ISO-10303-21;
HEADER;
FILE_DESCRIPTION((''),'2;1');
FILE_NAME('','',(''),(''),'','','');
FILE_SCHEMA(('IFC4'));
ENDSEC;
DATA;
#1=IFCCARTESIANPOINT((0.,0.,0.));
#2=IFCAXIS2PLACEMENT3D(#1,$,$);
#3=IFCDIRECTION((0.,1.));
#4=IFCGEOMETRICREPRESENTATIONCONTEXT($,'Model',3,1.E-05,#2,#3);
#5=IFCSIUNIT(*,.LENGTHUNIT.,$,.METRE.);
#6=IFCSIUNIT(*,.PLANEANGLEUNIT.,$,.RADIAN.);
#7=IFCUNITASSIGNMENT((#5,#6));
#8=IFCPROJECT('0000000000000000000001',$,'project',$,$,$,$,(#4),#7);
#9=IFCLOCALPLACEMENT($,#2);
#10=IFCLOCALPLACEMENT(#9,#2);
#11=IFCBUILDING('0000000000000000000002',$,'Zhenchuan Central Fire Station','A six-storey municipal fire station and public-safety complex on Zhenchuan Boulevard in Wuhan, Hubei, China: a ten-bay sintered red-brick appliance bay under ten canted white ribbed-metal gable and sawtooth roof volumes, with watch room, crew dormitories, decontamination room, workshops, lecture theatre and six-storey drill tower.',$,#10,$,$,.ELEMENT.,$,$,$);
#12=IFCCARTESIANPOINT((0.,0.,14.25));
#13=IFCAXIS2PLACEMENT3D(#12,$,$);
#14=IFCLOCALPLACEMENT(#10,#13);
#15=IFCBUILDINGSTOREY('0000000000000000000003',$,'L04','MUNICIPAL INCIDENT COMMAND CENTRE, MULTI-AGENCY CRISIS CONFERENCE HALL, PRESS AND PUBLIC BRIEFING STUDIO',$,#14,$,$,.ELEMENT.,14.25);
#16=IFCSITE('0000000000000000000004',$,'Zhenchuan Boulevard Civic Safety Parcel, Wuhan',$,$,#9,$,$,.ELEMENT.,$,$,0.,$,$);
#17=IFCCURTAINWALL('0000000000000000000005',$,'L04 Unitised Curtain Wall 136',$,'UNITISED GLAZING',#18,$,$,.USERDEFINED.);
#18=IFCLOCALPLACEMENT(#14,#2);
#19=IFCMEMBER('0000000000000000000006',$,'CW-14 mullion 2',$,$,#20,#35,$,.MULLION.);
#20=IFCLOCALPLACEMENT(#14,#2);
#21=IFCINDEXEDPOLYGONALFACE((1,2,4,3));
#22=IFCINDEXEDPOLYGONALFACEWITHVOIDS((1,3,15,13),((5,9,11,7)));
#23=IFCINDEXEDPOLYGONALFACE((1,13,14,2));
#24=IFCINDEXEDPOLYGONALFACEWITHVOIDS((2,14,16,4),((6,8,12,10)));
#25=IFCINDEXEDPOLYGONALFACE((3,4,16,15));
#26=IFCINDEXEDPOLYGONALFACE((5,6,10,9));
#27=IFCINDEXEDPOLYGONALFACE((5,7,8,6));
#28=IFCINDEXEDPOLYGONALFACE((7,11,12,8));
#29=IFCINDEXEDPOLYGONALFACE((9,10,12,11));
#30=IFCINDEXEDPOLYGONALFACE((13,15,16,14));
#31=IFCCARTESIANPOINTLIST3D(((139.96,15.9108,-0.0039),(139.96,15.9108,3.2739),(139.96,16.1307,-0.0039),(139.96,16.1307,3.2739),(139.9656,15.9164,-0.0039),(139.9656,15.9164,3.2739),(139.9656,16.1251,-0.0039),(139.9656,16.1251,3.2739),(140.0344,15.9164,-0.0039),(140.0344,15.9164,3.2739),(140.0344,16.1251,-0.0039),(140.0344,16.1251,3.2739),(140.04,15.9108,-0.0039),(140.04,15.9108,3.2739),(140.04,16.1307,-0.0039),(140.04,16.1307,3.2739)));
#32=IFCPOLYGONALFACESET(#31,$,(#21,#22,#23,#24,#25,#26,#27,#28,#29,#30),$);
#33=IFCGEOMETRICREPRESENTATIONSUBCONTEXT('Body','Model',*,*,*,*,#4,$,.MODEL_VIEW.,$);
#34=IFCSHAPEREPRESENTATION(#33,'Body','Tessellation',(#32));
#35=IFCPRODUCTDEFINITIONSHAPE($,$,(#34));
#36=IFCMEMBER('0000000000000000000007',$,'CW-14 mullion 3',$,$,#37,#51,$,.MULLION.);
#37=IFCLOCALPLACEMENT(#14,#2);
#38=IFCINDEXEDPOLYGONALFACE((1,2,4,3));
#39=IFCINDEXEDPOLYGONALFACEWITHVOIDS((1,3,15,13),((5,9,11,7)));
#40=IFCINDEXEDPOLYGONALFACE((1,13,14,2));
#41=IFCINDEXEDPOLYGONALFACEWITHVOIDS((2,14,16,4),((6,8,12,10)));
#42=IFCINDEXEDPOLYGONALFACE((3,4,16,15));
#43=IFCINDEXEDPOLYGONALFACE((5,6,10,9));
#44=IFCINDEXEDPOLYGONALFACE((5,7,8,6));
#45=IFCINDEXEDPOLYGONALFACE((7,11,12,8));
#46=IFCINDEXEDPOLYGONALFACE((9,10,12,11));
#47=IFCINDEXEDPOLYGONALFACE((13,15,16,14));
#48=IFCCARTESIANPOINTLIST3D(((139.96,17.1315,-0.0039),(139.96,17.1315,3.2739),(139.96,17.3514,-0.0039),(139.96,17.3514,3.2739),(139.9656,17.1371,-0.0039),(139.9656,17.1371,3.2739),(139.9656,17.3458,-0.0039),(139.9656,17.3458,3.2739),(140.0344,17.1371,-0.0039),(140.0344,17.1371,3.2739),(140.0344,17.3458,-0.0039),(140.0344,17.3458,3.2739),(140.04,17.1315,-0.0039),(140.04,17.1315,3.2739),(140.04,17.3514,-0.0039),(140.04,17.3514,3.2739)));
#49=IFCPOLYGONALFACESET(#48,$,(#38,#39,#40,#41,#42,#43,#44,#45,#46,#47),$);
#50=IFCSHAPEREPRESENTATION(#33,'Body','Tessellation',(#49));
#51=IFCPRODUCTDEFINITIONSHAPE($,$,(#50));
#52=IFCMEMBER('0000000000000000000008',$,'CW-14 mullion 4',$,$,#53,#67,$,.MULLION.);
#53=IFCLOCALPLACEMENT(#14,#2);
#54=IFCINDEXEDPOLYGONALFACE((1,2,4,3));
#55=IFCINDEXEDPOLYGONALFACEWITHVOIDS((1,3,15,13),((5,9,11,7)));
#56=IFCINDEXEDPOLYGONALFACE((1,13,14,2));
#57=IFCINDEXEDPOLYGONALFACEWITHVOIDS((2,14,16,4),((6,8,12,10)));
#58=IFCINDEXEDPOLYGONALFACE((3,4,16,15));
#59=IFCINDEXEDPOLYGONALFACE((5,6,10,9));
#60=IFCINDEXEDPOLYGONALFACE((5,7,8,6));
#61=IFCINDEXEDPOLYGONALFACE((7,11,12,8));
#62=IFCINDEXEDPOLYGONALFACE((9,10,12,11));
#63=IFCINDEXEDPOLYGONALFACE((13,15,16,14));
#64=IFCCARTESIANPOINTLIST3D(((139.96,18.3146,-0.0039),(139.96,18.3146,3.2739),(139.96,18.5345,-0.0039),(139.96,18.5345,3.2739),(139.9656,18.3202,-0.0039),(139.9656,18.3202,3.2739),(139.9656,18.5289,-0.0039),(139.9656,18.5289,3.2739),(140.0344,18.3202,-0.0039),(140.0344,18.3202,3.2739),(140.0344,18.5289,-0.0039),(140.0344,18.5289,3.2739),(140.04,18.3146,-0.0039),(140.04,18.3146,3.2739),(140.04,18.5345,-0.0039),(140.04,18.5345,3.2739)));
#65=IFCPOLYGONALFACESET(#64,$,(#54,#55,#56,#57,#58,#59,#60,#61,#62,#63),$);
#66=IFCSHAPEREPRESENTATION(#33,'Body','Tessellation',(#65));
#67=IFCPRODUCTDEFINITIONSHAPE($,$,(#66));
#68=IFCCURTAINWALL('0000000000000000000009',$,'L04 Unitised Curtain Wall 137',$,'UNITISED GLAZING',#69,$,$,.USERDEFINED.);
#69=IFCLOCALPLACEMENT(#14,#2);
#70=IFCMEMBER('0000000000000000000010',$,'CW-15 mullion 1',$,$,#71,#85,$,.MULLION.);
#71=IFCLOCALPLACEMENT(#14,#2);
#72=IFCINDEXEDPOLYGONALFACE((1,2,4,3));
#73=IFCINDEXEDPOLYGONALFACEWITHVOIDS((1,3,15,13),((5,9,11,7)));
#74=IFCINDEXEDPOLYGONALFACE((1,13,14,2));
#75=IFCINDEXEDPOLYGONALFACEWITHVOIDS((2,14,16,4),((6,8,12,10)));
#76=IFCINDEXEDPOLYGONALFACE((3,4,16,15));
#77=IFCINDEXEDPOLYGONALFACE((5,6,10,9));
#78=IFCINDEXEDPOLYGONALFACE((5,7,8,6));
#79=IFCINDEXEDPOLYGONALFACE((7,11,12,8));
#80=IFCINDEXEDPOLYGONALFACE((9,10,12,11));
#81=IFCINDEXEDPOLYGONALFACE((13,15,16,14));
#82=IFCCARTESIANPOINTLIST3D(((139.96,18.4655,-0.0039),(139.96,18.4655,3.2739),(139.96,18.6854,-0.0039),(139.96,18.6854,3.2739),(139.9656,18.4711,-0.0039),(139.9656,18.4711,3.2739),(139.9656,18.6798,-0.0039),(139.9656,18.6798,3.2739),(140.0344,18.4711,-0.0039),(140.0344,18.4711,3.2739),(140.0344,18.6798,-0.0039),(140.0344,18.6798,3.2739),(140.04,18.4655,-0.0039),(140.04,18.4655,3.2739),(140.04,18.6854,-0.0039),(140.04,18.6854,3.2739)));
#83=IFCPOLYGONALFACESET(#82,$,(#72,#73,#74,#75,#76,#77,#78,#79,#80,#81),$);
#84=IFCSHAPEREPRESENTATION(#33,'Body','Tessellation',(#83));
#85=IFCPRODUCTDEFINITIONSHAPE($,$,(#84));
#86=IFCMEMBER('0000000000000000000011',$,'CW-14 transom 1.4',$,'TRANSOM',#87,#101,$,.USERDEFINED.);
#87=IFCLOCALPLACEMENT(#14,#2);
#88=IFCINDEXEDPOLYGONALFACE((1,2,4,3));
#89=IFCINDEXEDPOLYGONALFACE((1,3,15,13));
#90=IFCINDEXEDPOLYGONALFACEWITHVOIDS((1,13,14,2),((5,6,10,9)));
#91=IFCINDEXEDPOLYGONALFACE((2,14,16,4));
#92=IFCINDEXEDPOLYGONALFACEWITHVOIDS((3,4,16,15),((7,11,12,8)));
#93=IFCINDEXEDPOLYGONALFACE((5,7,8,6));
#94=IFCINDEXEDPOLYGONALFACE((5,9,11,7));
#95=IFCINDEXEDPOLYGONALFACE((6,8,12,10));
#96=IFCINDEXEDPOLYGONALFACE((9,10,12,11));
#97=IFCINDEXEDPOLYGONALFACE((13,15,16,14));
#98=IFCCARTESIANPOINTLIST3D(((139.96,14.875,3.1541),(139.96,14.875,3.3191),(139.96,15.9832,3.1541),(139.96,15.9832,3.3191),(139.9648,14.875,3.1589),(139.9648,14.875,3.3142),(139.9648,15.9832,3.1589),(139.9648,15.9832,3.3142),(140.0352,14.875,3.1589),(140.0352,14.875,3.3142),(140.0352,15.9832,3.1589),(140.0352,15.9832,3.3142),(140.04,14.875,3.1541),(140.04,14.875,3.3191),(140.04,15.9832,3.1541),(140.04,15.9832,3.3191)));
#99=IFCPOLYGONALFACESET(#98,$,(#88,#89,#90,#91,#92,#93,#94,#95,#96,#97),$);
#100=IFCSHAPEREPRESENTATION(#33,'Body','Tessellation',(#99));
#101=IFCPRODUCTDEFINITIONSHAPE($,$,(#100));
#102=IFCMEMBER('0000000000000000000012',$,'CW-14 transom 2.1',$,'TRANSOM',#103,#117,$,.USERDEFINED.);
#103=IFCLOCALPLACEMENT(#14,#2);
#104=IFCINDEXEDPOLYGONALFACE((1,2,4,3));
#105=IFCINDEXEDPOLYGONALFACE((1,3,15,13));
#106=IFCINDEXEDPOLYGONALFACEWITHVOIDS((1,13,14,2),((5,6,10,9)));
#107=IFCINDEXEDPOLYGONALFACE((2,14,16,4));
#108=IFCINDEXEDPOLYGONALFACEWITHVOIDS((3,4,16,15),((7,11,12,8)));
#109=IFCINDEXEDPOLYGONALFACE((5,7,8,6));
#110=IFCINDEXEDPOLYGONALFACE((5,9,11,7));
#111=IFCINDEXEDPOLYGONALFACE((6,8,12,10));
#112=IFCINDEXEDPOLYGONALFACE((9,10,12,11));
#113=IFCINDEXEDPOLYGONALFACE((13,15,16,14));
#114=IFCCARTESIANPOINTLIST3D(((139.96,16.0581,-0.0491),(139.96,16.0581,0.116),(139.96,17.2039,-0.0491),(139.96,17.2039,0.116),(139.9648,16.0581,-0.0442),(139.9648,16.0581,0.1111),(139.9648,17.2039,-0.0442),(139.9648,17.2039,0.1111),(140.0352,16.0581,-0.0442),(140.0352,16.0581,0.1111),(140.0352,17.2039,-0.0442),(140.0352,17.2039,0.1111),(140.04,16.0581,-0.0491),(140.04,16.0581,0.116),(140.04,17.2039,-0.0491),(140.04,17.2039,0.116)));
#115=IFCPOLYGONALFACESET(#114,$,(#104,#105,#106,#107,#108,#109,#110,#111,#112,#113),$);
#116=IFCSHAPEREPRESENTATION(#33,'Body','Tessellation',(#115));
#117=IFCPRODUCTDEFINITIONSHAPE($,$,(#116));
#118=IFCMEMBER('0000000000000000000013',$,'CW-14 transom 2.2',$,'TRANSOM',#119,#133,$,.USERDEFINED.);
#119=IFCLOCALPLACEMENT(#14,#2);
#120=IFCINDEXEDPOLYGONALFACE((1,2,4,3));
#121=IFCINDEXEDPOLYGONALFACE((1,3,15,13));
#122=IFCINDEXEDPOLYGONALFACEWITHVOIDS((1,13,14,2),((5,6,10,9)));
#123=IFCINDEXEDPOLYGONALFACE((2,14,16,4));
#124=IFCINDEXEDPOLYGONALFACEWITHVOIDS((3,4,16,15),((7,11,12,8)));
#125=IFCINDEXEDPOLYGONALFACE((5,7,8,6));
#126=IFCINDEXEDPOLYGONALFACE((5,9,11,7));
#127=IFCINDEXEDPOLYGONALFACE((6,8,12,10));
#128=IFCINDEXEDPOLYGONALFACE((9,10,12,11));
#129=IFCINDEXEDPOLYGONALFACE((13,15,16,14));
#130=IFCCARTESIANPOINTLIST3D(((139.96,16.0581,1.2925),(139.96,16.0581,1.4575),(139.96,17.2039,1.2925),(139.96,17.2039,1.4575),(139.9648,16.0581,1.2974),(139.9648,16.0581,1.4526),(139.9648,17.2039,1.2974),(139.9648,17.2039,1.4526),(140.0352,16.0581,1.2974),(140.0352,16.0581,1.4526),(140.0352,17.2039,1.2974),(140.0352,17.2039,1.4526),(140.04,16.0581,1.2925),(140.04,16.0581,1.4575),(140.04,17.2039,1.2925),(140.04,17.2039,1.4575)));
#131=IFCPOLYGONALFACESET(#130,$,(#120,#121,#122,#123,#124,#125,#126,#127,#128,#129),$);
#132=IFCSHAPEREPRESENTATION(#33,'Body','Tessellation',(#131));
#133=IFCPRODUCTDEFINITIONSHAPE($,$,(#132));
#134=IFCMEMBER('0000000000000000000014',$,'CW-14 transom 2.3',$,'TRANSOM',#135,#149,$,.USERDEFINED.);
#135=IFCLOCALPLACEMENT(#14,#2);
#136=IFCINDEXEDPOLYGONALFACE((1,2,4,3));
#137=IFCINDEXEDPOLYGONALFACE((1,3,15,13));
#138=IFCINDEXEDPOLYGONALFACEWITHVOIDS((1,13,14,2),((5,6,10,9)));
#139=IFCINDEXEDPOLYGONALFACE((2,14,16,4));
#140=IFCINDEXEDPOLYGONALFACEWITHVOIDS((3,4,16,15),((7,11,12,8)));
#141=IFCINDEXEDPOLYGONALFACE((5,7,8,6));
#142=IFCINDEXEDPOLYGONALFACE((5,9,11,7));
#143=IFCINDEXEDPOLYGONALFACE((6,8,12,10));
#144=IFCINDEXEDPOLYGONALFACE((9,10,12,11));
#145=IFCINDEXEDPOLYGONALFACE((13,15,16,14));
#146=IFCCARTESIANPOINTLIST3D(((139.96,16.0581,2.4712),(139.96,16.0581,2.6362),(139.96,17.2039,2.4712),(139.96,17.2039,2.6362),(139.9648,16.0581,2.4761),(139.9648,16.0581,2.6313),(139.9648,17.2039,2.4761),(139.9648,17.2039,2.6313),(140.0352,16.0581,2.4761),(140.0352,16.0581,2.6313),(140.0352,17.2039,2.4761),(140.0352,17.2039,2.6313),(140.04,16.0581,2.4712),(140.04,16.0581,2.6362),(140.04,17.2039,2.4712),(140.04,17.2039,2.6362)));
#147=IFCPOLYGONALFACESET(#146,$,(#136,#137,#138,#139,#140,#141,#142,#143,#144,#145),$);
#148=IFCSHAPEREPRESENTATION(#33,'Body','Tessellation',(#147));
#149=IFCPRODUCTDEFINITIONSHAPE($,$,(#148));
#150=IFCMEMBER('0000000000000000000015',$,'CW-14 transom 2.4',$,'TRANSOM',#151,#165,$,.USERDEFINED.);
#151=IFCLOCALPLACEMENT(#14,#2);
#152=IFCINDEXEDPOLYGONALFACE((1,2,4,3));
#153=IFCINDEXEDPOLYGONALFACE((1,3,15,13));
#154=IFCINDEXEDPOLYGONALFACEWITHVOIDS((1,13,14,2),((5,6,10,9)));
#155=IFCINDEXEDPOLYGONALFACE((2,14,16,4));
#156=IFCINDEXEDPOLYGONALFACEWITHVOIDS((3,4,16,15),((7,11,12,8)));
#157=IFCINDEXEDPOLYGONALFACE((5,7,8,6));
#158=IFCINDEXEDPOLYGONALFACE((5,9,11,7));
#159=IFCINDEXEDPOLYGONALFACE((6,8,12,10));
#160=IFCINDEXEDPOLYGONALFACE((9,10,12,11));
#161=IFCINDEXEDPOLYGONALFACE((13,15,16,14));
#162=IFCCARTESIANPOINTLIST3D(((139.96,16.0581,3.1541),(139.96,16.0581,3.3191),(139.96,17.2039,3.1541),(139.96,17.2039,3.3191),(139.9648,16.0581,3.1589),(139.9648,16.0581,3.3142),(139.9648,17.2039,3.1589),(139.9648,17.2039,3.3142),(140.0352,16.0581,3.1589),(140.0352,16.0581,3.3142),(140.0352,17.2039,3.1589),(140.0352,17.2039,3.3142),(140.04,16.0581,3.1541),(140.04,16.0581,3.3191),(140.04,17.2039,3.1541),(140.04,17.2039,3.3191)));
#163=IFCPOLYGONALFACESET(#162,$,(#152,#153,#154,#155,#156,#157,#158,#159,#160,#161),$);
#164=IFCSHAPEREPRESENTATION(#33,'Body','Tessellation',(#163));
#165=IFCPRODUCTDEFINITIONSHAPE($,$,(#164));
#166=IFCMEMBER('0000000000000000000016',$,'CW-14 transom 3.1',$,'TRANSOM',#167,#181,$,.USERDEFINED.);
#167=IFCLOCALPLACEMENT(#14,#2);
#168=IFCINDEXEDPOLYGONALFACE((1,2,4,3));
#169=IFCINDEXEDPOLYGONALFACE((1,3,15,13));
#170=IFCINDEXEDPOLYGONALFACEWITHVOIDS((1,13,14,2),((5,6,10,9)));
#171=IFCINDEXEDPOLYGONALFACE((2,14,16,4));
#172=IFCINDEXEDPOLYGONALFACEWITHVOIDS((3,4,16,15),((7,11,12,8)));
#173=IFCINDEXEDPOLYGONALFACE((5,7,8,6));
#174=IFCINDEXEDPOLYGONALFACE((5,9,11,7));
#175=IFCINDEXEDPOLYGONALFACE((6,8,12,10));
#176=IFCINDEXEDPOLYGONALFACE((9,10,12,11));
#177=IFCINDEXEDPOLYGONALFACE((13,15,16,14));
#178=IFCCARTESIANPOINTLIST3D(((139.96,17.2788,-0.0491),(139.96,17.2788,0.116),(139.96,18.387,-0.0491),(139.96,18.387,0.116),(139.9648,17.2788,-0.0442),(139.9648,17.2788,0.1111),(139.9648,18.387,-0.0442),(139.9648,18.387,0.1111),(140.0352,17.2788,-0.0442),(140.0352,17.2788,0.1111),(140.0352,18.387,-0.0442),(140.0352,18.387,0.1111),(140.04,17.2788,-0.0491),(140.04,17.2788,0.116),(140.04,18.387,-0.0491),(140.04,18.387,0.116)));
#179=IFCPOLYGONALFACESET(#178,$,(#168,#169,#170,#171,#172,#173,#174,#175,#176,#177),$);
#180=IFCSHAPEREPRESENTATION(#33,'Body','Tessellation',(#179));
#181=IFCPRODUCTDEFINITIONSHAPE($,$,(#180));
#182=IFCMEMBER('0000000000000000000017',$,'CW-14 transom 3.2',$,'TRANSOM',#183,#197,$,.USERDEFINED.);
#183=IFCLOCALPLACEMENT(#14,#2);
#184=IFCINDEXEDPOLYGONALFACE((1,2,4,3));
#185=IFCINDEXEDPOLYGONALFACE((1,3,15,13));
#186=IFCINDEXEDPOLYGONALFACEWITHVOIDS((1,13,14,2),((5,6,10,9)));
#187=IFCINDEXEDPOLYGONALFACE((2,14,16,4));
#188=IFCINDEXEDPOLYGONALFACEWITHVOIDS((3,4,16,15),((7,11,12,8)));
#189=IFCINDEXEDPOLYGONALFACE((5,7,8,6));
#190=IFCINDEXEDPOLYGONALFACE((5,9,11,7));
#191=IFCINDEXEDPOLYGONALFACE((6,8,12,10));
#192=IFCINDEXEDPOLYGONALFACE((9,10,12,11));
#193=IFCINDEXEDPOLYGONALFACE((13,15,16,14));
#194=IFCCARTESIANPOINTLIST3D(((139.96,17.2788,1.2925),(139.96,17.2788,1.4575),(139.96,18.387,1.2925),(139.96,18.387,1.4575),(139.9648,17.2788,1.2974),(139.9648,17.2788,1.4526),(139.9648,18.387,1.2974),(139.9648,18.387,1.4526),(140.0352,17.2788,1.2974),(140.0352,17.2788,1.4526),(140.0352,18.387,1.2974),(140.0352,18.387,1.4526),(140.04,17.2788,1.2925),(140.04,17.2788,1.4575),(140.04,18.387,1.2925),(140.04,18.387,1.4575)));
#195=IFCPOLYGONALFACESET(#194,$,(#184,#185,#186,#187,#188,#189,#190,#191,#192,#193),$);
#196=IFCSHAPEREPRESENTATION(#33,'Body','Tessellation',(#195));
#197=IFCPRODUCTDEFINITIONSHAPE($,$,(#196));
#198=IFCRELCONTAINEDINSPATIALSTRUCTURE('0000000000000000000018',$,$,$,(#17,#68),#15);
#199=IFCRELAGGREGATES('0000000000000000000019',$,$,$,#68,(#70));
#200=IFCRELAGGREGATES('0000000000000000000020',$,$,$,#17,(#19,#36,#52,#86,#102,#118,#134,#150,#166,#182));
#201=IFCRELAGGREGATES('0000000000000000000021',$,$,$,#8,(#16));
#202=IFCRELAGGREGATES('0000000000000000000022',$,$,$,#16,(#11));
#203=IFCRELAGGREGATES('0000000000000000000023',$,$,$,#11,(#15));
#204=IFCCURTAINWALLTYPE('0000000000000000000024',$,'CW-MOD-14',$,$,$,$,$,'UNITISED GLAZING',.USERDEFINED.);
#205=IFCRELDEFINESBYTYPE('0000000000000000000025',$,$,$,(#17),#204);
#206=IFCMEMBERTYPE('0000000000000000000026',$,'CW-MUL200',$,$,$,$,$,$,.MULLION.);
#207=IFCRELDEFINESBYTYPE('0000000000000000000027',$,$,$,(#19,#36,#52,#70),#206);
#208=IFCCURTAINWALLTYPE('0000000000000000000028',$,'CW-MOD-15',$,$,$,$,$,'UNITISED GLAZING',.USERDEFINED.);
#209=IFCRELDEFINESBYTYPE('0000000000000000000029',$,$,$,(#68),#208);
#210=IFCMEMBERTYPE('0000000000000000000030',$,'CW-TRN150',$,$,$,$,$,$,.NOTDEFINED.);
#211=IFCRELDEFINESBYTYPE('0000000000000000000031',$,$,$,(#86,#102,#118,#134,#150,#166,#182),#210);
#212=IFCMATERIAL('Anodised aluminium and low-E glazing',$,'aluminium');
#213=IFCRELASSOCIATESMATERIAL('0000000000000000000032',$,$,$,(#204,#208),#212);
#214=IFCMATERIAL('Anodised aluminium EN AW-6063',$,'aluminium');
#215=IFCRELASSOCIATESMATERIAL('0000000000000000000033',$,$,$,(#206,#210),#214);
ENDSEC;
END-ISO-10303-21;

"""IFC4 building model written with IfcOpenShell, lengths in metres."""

from ifc_helpers import new_model, si_unit, direction, frame, origin, origin_2d, place, context, subcontext, project, spatial, hollow_rectangle, extrude, material, material_profile, profile_set, type_object, element, aggregate, save


model = new_model("IFC4")

# Units and contexts
model_context = context("Model", 3, precision=1e-05, world=origin(), true_north=direction((0.0, 1.0)))
body_context = subcontext(model_context, "Body", "Model", "MODEL_VIEW")
ifc_project = project(units=[si_unit("LENGTHUNIT", "METRE"), si_unit("PLANEANGLEUNIT", "RADIAN")], contexts=[model_context])

# Site, building, storey
site_placement = place(None, origin())
site = spatial("IfcSite", under=ifc_project, at=site_placement, Name="Zhenchuan Boulevard Civic Safety Parcel, Wuhan", CompositionType="ELEMENT", RefElevation=0.0)
building_placement = place(site_placement, origin())
building = spatial("IfcBuilding", under=site, at=building_placement, Name="Zhenchuan Central Fire Station", Description="A six-storey municipal fire station and public-safety complex on Zhenchuan Boulevard in Wuhan, Hubei, China: a ten-bay sintered red-brick appliance bay under ten canted white ribbed-metal gable and sawtooth roof volumes, with watch room, crew dormitories, decontamination room, workshops, lecture theatre and six-storey drill tower.", CompositionType="ELEMENT")
storey_placement = place(building_placement, frame((0.0, 0.0, 14.25)))
storey = spatial("IfcBuildingStorey", under=building, at=storey_placement, Name="L04", Description="MUNICIPAL INCIDENT COMMAND CENTRE, MULTI-AGENCY CRISIS CONFERENCE HALL, PRESS AND PUBLIC BRIEFING STUDIO", CompositionType="ELEMENT", Elevation=14.25)

# Curtain wall, members
ifc_material_1 = material(Name="Anodised aluminium and low-E glazing", Category="aluminium")
curtain_wall_type_1 = type_object("IfcCurtainWallType", Name="CW-MOD-14", ElementType="UNITISED GLAZING", PredefinedType="USERDEFINED", material=ifc_material_1)
curtain_wall_1_placement = place(storey_placement, origin())
curtain_wall_1 = element("IfcCurtainWall", 1, at=curtain_wall_1_placement, inside=storey, type_object=curtain_wall_type_1, Name="L04 Unitised Curtain Wall 136", ObjectType="UNITISED GLAZING", PredefinedType="USERDEFINED")
ifc_material_2 = material(Name="Anodised aluminium EN AW-6063", Category="aluminium")
ifc_material_profile_1 = material_profile(ifc_material_2, hollow_rectangle(XDim=0.0801, YDim=0.22, WallThickness=0.0056, at=origin_2d()), Name="ALU-M 220x80")
ifc_profile_set_1 = profile_set([ifc_material_profile_1], Name="Anodised aluminium EN AW-6063")
member_type_1 = type_object("IfcMemberType", Name="CW-MUL200", PredefinedType="MULLION", material=ifc_profile_set_1)
member_1_placement = place(storey_placement, frame((140.0, 16.0208, -0.0039), z_axis=(0.0, 0.0, 1.0), x_axis=(-1.0, 0.0, 0.0)))
member_1 = element("IfcMember", 2, at=member_1_placement, type_object=member_type_1, Name="CW-14 mullion 2", PredefinedType="MULLION", context=body_context, shape_type="SweptSolid", body=[
    extrude(hollow_rectangle(XDim=0.0801, YDim=0.22, WallThickness=0.0056, at=origin_2d()), origin(), (0.0, 0.0, 1.0), 3.2778),
])
member_2_placement = place(storey_placement, frame((140.0, 17.2415, -0.0039), z_axis=(0.0, 0.0, 1.0), x_axis=(-1.0, 0.0, 0.0)))
member_2 = element("IfcMember", 3, at=member_2_placement, type_object=member_type_1, Name="CW-14 mullion 3", PredefinedType="MULLION", context=body_context, shape_type="SweptSolid", body=[
    extrude(hollow_rectangle(XDim=0.0801, YDim=0.22, WallThickness=0.0056, at=origin_2d()), origin(), (0.0, 0.0, 1.0), 3.2778),
])
member_3_placement = place(storey_placement, frame((140.0, 18.4246, -0.0039), z_axis=(0.0, 0.0, 1.0), x_axis=(-1.0, 0.0, 0.0)))
member_3 = element("IfcMember", 4, at=member_3_placement, type_object=member_type_1, Name="CW-14 mullion 4", PredefinedType="MULLION", context=body_context, shape_type="SweptSolid", body=[
    extrude(hollow_rectangle(XDim=0.0801, YDim=0.22, WallThickness=0.0056, at=origin_2d()), origin(), (0.0, 0.0, 1.0), 3.2778),
])

# Curtain wall, member
curtain_wall_type_2 = type_object("IfcCurtainWallType", Name="CW-MOD-15", ElementType="UNITISED GLAZING", PredefinedType="USERDEFINED", material=ifc_material_1)
curtain_wall_2_placement = place(storey_placement, origin())
curtain_wall_2 = element("IfcCurtainWall", 5, at=curtain_wall_2_placement, inside=storey, type_object=curtain_wall_type_2, Name="L04 Unitised Curtain Wall 137", ObjectType="UNITISED GLAZING", PredefinedType="USERDEFINED")
member_4_placement = place(storey_placement, frame((140.0, 18.5754, -0.0039), z_axis=(0.0, 0.0, 1.0), x_axis=(-1.0, 0.0, 0.0)))
member_4 = element("IfcMember", 6, at=member_4_placement, type_object=member_type_1, Name="CW-15 mullion 1", PredefinedType="MULLION", context=body_context, shape_type="SweptSolid", body=[
    extrude(hollow_rectangle(XDim=0.0801, YDim=0.22, WallThickness=0.0056, at=origin_2d()), origin(), (0.0, 0.0, 1.0), 3.2778),
])

# Members
ifc_material_profile_2 = material_profile(ifc_material_2, hollow_rectangle(XDim=0.0801, YDim=0.165, WallThickness=0.0049, at=origin_2d()), Name="ALU-T 165x80")
ifc_profile_set_2 = profile_set([ifc_material_profile_2], Name="Anodised aluminium EN AW-6063")
member_type_2 = type_object("IfcMemberType", Name="CW-TRN150", PredefinedType="NOTDEFINED", material=ifc_profile_set_2)
member_5_placement = place(storey_placement, frame((140.0, 14.875, 3.2366), z_axis=(0.0, 1.0, 0.0), x_axis=(-1.0, 0.0, 0.0)))
member_5 = element("IfcMember", 7, at=member_5_placement, type_object=member_type_2, Name="CW-14 transom 1.4", ObjectType="TRANSOM", PredefinedType="USERDEFINED", context=body_context, shape_type="SweptSolid", body=[
    extrude(hollow_rectangle(XDim=0.0801, YDim=0.165, WallThickness=0.0049, at=origin_2d()), origin(), (0.0, 0.0, 1.0), 1.1082),
])
member_6_placement = place(storey_placement, frame((140.0, 16.0581, 0.0334), z_axis=(0.0, 1.0, 0.0), x_axis=(-1.0, 0.0, 0.0)))
member_6 = element("IfcMember", 8, at=member_6_placement, type_object=member_type_2, Name="CW-14 transom 2.1", ObjectType="TRANSOM", PredefinedType="USERDEFINED", context=body_context, shape_type="SweptSolid", body=[
    extrude(hollow_rectangle(XDim=0.0801, YDim=0.165, WallThickness=0.0049, at=origin_2d()), origin(), (0.0, 0.0, 1.0), 1.1458),
])
member_7_placement = place(storey_placement, frame((140.0, 16.0581, 1.375), z_axis=(0.0, 1.0, 0.0), x_axis=(-1.0, 0.0, 0.0)))
member_7 = element("IfcMember", 9, at=member_7_placement, type_object=member_type_2, Name="CW-14 transom 2.2", ObjectType="TRANSOM", PredefinedType="USERDEFINED", context=body_context, shape_type="SweptSolid", body=[
    extrude(hollow_rectangle(XDim=0.0801, YDim=0.165, WallThickness=0.0049, at=origin_2d()), origin(), (0.0, 0.0, 1.0), 1.1458),
])
member_8_placement = place(storey_placement, frame((140.0, 16.0581, 2.5537), z_axis=(0.0, 1.0, 0.0), x_axis=(-1.0, 0.0, 0.0)))
member_8 = element("IfcMember", 10, at=member_8_placement, type_object=member_type_2, Name="CW-14 transom 2.3", ObjectType="TRANSOM", PredefinedType="USERDEFINED", context=body_context, shape_type="SweptSolid", body=[
    extrude(hollow_rectangle(XDim=0.0801, YDim=0.165, WallThickness=0.0049, at=origin_2d()), origin(), (0.0, 0.0, 1.0), 1.1458),
])
member_9_placement = place(storey_placement, frame((140.0, 16.0581, 3.2366), z_axis=(0.0, 1.0, 0.0), x_axis=(-1.0, 0.0, 0.0)))
member_9 = element("IfcMember", 11, at=member_9_placement, type_object=member_type_2, Name="CW-14 transom 2.4", ObjectType="TRANSOM", PredefinedType="USERDEFINED", context=body_context, shape_type="SweptSolid", body=[
    extrude(hollow_rectangle(XDim=0.0801, YDim=0.165, WallThickness=0.0049, at=origin_2d()), origin(), (0.0, 0.0, 1.0), 1.1458),
])
member_10_placement = place(storey_placement, frame((140.0, 17.2788, 0.0334), z_axis=(0.0, 1.0, 0.0), x_axis=(-1.0, 0.0, 0.0)))
member_10 = element("IfcMember", 12, at=member_10_placement, type_object=member_type_2, Name="CW-14 transom 3.1", ObjectType="TRANSOM", PredefinedType="USERDEFINED", context=body_context, shape_type="SweptSolid", body=[
    extrude(hollow_rectangle(XDim=0.0801, YDim=0.165, WallThickness=0.0049, at=origin_2d()), origin(), (0.0, 0.0, 1.0), 1.1082),
])
member_11_placement = place(storey_placement, frame((140.0, 17.2788, 1.375), z_axis=(0.0, 1.0, 0.0), x_axis=(-1.0, 0.0, 0.0)))
member_11 = element("IfcMember", 13, at=member_11_placement, type_object=member_type_2, Name="CW-14 transom 3.2", ObjectType="TRANSOM", PredefinedType="USERDEFINED", context=body_context, shape_type="SweptSolid", body=[
    extrude(hollow_rectangle(XDim=0.0801, YDim=0.165, WallThickness=0.0049, at=origin_2d()), origin(), (0.0, 0.0, 1.0), 1.1082),
])
aggregate(curtain_wall_2, [member_4])

aggregate(curtain_wall_1, [member_1, member_2, member_3, member_5, member_6, member_7, member_8, member_9, member_10, member_11])

save(model, "model.ifc")
